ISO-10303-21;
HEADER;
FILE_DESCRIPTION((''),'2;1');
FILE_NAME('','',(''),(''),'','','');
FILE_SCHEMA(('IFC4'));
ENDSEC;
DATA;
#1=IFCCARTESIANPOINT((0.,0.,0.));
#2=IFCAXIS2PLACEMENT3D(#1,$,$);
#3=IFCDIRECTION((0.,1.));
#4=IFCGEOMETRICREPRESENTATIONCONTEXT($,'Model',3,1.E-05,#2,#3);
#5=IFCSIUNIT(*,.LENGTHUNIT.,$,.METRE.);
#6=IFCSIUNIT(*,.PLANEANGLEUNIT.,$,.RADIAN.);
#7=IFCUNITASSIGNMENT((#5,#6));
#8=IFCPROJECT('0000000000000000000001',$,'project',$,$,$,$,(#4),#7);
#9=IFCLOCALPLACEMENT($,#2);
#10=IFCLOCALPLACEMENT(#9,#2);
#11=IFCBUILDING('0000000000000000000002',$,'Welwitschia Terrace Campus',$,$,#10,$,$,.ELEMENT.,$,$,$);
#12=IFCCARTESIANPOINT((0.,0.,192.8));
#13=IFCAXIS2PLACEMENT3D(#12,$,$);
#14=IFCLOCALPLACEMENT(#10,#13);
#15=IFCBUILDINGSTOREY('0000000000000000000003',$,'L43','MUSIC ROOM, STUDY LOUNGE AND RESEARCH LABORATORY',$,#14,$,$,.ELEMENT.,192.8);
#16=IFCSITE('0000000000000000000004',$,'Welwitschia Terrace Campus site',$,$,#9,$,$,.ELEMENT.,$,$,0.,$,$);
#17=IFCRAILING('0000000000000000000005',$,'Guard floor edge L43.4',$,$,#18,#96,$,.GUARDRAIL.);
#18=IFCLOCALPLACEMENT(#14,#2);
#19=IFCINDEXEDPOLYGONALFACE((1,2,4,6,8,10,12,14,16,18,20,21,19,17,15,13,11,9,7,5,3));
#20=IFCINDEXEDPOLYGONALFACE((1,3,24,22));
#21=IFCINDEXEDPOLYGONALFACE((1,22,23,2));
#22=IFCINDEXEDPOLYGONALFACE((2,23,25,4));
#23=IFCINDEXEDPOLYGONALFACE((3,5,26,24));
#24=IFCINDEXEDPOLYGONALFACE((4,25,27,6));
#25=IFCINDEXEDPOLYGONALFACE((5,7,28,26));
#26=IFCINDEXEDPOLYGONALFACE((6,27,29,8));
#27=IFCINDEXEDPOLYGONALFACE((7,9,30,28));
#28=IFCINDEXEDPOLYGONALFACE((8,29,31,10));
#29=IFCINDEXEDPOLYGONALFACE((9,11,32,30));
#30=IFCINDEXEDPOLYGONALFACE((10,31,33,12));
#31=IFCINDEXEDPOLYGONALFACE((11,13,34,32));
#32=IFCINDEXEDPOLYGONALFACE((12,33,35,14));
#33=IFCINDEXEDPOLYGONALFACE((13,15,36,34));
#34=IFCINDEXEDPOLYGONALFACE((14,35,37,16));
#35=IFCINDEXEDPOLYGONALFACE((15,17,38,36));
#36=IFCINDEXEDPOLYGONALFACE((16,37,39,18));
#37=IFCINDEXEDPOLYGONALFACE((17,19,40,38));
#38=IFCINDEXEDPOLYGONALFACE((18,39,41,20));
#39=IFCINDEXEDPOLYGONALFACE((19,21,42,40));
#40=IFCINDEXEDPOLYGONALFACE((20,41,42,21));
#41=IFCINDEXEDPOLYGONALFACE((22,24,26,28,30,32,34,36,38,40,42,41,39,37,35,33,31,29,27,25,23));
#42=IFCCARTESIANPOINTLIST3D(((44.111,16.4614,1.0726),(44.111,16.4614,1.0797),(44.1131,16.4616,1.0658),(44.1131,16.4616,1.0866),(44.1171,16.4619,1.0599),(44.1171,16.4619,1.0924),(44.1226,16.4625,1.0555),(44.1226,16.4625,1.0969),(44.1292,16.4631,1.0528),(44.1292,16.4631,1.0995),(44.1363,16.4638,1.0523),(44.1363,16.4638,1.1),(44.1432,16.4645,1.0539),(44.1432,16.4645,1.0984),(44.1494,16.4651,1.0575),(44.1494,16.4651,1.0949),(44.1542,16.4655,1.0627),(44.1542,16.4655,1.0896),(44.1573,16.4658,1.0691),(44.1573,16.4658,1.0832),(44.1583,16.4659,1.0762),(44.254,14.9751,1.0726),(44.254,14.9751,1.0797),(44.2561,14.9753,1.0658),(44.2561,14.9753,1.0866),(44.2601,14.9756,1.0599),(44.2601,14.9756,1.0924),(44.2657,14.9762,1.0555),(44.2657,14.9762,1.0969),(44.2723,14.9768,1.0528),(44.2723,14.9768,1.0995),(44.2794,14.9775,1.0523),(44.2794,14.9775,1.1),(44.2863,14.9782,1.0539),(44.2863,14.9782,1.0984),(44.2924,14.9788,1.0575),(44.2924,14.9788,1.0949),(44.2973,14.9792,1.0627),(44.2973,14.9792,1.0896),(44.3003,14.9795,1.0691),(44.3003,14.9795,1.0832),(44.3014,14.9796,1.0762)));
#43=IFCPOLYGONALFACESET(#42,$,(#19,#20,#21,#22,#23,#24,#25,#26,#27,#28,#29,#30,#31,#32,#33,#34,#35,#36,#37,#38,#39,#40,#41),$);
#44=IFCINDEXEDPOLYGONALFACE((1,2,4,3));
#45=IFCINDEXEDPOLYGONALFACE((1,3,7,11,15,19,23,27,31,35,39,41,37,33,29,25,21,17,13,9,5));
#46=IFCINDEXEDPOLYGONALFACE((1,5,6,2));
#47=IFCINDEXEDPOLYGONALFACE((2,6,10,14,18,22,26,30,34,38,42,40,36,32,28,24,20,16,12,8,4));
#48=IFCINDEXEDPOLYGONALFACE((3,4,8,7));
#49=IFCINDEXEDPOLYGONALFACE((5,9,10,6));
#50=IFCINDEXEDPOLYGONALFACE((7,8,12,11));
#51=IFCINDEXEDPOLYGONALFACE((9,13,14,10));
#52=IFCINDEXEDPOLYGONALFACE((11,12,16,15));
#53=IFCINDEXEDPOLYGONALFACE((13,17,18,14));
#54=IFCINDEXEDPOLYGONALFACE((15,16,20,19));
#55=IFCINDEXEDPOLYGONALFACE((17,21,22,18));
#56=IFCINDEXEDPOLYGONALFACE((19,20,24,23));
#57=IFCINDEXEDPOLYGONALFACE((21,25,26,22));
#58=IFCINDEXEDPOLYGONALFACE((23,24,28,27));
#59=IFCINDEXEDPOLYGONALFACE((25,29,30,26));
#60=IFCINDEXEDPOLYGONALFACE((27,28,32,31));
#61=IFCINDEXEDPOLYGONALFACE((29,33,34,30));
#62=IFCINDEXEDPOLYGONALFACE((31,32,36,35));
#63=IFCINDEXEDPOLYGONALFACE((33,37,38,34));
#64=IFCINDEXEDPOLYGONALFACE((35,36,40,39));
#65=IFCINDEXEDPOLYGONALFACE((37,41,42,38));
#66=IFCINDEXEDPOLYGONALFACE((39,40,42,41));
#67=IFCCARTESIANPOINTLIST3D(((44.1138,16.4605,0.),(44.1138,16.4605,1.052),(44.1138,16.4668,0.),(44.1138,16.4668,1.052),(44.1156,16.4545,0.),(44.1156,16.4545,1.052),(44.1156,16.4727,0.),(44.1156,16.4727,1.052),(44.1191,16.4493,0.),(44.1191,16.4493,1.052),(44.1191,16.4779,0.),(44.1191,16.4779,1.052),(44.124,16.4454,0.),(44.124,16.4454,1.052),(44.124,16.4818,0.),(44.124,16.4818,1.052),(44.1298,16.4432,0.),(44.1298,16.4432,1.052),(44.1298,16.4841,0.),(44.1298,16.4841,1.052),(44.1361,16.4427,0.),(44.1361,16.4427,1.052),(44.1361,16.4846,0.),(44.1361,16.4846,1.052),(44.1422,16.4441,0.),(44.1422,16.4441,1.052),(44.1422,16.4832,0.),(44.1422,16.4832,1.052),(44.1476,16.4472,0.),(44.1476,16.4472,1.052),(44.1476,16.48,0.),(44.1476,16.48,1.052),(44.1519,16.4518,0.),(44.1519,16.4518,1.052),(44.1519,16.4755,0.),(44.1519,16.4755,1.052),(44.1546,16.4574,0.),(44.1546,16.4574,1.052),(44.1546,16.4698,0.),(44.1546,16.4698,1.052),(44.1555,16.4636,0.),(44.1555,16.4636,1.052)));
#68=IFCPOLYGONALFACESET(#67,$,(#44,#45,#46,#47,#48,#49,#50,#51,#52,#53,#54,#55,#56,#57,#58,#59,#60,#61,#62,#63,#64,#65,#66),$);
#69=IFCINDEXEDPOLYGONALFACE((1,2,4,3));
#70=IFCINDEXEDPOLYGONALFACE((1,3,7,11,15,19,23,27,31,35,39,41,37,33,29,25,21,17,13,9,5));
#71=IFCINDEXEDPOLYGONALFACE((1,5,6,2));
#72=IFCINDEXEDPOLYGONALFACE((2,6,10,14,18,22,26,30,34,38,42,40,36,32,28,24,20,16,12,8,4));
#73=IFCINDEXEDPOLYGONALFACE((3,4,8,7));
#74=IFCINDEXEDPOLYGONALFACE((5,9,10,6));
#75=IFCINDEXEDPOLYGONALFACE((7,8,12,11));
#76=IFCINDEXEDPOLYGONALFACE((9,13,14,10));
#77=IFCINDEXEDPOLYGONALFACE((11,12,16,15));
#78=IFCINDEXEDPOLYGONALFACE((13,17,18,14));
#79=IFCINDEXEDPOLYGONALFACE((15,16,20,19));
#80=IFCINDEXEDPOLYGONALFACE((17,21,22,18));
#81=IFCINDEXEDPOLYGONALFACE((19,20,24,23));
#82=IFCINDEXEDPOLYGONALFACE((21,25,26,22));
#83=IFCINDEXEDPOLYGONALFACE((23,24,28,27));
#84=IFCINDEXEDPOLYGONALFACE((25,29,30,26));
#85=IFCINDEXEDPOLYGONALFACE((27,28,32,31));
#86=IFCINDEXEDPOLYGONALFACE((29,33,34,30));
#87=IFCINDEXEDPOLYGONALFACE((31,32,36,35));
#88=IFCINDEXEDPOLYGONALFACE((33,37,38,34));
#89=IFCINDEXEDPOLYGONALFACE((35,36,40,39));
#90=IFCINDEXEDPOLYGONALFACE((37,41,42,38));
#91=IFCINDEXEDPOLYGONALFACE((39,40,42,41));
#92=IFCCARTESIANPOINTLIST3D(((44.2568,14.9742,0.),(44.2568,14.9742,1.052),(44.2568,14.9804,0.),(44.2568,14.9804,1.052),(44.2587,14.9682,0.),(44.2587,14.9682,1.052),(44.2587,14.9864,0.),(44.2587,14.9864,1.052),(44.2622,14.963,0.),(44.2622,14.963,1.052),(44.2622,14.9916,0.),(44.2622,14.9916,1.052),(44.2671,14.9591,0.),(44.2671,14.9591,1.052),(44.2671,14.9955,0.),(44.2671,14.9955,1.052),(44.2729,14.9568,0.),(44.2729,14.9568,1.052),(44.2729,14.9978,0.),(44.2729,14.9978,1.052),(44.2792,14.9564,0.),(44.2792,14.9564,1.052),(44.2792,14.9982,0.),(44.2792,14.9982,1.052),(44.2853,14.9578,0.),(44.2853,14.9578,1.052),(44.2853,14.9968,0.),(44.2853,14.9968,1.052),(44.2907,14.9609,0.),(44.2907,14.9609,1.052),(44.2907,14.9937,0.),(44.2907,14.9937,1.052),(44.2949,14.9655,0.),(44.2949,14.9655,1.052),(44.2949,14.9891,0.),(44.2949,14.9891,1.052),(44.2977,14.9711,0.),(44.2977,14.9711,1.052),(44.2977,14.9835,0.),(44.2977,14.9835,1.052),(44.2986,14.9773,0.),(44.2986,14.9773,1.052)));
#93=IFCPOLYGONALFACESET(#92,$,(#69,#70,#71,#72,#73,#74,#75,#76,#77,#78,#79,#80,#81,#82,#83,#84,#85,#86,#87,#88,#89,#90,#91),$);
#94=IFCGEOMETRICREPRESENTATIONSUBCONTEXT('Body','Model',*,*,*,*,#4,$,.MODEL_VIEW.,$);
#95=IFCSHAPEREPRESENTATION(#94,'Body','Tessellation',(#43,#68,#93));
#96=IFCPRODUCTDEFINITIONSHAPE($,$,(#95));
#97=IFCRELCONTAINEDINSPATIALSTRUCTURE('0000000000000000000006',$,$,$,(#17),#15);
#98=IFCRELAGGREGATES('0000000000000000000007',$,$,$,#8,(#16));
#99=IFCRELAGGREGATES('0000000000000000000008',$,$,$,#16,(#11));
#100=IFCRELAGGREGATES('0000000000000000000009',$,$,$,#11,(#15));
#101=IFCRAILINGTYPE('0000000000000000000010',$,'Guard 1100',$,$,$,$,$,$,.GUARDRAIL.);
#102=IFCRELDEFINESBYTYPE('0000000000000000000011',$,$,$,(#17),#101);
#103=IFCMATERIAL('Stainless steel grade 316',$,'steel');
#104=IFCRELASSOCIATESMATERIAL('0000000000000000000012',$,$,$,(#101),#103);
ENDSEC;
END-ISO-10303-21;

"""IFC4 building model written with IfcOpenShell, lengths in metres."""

from ifc_helpers import new_model, si_unit, direction, frame, origin, origin_2d, place, context, subcontext, project, spatial, circle, extrude, material, type_object, element, save


model = new_model("IFC4")

# Units and contexts
model_context = context("Model", 3, precision=1e-05, world=origin(), true_north=direction((0.0, 1.0)))
body_context = subcontext(model_context, "Body", "Model", "MODEL_VIEW")
ifc_project = project(units=[si_unit("LENGTHUNIT", "METRE"), si_unit("PLANEANGLEUNIT", "RADIAN")], contexts=[model_context])

# Site, building, storey
site_placement = place(None, origin())
site = spatial("IfcSite", under=ifc_project, at=site_placement, Name="Welwitschia Terrace Campus site", CompositionType="ELEMENT", RefElevation=0.0)
building_placement = place(site_placement, origin())
building = spatial("IfcBuilding", under=site, at=building_placement, Name="Welwitschia Terrace Campus", CompositionType="ELEMENT")
storey_placement = place(building_placement, frame((0.0, 0.0, 192.8)))
storey = spatial("IfcBuildingStorey", under=building, at=storey_placement, Name="L43", Description="MUSIC ROOM, STUDY LOUNGE AND RESEARCH LABORATORY", CompositionType="ELEMENT", Elevation=192.8)

# Railing
ifc_material_1 = material(Name="Stainless steel grade 316", Category="steel")
railing_type = type_object("IfcRailingType", Name="Guard 1100", PredefinedType="GUARDRAIL", material=ifc_material_1)
railing_1_placement = place(storey_placement, frame((44.1345, 16.4636, 0.0)))
element("IfcRailing", 1, at=railing_1_placement, inside=storey, type_object=railing_type, Name="Guard floor edge L43.4", PredefinedType="GUARDRAIL", context=body_context, shape_type="SweptSolid", body=[
    extrude(circle(Radius=0.0239, at=origin_2d()), frame((0.0, 0.0, 1.0762), z_axis=(0.095812, -0.995399, 0.0), x_axis=(0.995399, 0.095812, 0.0)), (0.0, 0.0, 1.0), 1.4932),
    extrude(circle(Radius=0.021, at=origin_2d()), origin(), (0.0, 0.0, 1.0), 1.052),
    extrude(circle(Radius=0.021, at=origin_2d()), frame((0.1431, -1.4863, 0.0)), (0.0, 0.0, 1.0), 1.052),
])

save(model, "model.ifc")
